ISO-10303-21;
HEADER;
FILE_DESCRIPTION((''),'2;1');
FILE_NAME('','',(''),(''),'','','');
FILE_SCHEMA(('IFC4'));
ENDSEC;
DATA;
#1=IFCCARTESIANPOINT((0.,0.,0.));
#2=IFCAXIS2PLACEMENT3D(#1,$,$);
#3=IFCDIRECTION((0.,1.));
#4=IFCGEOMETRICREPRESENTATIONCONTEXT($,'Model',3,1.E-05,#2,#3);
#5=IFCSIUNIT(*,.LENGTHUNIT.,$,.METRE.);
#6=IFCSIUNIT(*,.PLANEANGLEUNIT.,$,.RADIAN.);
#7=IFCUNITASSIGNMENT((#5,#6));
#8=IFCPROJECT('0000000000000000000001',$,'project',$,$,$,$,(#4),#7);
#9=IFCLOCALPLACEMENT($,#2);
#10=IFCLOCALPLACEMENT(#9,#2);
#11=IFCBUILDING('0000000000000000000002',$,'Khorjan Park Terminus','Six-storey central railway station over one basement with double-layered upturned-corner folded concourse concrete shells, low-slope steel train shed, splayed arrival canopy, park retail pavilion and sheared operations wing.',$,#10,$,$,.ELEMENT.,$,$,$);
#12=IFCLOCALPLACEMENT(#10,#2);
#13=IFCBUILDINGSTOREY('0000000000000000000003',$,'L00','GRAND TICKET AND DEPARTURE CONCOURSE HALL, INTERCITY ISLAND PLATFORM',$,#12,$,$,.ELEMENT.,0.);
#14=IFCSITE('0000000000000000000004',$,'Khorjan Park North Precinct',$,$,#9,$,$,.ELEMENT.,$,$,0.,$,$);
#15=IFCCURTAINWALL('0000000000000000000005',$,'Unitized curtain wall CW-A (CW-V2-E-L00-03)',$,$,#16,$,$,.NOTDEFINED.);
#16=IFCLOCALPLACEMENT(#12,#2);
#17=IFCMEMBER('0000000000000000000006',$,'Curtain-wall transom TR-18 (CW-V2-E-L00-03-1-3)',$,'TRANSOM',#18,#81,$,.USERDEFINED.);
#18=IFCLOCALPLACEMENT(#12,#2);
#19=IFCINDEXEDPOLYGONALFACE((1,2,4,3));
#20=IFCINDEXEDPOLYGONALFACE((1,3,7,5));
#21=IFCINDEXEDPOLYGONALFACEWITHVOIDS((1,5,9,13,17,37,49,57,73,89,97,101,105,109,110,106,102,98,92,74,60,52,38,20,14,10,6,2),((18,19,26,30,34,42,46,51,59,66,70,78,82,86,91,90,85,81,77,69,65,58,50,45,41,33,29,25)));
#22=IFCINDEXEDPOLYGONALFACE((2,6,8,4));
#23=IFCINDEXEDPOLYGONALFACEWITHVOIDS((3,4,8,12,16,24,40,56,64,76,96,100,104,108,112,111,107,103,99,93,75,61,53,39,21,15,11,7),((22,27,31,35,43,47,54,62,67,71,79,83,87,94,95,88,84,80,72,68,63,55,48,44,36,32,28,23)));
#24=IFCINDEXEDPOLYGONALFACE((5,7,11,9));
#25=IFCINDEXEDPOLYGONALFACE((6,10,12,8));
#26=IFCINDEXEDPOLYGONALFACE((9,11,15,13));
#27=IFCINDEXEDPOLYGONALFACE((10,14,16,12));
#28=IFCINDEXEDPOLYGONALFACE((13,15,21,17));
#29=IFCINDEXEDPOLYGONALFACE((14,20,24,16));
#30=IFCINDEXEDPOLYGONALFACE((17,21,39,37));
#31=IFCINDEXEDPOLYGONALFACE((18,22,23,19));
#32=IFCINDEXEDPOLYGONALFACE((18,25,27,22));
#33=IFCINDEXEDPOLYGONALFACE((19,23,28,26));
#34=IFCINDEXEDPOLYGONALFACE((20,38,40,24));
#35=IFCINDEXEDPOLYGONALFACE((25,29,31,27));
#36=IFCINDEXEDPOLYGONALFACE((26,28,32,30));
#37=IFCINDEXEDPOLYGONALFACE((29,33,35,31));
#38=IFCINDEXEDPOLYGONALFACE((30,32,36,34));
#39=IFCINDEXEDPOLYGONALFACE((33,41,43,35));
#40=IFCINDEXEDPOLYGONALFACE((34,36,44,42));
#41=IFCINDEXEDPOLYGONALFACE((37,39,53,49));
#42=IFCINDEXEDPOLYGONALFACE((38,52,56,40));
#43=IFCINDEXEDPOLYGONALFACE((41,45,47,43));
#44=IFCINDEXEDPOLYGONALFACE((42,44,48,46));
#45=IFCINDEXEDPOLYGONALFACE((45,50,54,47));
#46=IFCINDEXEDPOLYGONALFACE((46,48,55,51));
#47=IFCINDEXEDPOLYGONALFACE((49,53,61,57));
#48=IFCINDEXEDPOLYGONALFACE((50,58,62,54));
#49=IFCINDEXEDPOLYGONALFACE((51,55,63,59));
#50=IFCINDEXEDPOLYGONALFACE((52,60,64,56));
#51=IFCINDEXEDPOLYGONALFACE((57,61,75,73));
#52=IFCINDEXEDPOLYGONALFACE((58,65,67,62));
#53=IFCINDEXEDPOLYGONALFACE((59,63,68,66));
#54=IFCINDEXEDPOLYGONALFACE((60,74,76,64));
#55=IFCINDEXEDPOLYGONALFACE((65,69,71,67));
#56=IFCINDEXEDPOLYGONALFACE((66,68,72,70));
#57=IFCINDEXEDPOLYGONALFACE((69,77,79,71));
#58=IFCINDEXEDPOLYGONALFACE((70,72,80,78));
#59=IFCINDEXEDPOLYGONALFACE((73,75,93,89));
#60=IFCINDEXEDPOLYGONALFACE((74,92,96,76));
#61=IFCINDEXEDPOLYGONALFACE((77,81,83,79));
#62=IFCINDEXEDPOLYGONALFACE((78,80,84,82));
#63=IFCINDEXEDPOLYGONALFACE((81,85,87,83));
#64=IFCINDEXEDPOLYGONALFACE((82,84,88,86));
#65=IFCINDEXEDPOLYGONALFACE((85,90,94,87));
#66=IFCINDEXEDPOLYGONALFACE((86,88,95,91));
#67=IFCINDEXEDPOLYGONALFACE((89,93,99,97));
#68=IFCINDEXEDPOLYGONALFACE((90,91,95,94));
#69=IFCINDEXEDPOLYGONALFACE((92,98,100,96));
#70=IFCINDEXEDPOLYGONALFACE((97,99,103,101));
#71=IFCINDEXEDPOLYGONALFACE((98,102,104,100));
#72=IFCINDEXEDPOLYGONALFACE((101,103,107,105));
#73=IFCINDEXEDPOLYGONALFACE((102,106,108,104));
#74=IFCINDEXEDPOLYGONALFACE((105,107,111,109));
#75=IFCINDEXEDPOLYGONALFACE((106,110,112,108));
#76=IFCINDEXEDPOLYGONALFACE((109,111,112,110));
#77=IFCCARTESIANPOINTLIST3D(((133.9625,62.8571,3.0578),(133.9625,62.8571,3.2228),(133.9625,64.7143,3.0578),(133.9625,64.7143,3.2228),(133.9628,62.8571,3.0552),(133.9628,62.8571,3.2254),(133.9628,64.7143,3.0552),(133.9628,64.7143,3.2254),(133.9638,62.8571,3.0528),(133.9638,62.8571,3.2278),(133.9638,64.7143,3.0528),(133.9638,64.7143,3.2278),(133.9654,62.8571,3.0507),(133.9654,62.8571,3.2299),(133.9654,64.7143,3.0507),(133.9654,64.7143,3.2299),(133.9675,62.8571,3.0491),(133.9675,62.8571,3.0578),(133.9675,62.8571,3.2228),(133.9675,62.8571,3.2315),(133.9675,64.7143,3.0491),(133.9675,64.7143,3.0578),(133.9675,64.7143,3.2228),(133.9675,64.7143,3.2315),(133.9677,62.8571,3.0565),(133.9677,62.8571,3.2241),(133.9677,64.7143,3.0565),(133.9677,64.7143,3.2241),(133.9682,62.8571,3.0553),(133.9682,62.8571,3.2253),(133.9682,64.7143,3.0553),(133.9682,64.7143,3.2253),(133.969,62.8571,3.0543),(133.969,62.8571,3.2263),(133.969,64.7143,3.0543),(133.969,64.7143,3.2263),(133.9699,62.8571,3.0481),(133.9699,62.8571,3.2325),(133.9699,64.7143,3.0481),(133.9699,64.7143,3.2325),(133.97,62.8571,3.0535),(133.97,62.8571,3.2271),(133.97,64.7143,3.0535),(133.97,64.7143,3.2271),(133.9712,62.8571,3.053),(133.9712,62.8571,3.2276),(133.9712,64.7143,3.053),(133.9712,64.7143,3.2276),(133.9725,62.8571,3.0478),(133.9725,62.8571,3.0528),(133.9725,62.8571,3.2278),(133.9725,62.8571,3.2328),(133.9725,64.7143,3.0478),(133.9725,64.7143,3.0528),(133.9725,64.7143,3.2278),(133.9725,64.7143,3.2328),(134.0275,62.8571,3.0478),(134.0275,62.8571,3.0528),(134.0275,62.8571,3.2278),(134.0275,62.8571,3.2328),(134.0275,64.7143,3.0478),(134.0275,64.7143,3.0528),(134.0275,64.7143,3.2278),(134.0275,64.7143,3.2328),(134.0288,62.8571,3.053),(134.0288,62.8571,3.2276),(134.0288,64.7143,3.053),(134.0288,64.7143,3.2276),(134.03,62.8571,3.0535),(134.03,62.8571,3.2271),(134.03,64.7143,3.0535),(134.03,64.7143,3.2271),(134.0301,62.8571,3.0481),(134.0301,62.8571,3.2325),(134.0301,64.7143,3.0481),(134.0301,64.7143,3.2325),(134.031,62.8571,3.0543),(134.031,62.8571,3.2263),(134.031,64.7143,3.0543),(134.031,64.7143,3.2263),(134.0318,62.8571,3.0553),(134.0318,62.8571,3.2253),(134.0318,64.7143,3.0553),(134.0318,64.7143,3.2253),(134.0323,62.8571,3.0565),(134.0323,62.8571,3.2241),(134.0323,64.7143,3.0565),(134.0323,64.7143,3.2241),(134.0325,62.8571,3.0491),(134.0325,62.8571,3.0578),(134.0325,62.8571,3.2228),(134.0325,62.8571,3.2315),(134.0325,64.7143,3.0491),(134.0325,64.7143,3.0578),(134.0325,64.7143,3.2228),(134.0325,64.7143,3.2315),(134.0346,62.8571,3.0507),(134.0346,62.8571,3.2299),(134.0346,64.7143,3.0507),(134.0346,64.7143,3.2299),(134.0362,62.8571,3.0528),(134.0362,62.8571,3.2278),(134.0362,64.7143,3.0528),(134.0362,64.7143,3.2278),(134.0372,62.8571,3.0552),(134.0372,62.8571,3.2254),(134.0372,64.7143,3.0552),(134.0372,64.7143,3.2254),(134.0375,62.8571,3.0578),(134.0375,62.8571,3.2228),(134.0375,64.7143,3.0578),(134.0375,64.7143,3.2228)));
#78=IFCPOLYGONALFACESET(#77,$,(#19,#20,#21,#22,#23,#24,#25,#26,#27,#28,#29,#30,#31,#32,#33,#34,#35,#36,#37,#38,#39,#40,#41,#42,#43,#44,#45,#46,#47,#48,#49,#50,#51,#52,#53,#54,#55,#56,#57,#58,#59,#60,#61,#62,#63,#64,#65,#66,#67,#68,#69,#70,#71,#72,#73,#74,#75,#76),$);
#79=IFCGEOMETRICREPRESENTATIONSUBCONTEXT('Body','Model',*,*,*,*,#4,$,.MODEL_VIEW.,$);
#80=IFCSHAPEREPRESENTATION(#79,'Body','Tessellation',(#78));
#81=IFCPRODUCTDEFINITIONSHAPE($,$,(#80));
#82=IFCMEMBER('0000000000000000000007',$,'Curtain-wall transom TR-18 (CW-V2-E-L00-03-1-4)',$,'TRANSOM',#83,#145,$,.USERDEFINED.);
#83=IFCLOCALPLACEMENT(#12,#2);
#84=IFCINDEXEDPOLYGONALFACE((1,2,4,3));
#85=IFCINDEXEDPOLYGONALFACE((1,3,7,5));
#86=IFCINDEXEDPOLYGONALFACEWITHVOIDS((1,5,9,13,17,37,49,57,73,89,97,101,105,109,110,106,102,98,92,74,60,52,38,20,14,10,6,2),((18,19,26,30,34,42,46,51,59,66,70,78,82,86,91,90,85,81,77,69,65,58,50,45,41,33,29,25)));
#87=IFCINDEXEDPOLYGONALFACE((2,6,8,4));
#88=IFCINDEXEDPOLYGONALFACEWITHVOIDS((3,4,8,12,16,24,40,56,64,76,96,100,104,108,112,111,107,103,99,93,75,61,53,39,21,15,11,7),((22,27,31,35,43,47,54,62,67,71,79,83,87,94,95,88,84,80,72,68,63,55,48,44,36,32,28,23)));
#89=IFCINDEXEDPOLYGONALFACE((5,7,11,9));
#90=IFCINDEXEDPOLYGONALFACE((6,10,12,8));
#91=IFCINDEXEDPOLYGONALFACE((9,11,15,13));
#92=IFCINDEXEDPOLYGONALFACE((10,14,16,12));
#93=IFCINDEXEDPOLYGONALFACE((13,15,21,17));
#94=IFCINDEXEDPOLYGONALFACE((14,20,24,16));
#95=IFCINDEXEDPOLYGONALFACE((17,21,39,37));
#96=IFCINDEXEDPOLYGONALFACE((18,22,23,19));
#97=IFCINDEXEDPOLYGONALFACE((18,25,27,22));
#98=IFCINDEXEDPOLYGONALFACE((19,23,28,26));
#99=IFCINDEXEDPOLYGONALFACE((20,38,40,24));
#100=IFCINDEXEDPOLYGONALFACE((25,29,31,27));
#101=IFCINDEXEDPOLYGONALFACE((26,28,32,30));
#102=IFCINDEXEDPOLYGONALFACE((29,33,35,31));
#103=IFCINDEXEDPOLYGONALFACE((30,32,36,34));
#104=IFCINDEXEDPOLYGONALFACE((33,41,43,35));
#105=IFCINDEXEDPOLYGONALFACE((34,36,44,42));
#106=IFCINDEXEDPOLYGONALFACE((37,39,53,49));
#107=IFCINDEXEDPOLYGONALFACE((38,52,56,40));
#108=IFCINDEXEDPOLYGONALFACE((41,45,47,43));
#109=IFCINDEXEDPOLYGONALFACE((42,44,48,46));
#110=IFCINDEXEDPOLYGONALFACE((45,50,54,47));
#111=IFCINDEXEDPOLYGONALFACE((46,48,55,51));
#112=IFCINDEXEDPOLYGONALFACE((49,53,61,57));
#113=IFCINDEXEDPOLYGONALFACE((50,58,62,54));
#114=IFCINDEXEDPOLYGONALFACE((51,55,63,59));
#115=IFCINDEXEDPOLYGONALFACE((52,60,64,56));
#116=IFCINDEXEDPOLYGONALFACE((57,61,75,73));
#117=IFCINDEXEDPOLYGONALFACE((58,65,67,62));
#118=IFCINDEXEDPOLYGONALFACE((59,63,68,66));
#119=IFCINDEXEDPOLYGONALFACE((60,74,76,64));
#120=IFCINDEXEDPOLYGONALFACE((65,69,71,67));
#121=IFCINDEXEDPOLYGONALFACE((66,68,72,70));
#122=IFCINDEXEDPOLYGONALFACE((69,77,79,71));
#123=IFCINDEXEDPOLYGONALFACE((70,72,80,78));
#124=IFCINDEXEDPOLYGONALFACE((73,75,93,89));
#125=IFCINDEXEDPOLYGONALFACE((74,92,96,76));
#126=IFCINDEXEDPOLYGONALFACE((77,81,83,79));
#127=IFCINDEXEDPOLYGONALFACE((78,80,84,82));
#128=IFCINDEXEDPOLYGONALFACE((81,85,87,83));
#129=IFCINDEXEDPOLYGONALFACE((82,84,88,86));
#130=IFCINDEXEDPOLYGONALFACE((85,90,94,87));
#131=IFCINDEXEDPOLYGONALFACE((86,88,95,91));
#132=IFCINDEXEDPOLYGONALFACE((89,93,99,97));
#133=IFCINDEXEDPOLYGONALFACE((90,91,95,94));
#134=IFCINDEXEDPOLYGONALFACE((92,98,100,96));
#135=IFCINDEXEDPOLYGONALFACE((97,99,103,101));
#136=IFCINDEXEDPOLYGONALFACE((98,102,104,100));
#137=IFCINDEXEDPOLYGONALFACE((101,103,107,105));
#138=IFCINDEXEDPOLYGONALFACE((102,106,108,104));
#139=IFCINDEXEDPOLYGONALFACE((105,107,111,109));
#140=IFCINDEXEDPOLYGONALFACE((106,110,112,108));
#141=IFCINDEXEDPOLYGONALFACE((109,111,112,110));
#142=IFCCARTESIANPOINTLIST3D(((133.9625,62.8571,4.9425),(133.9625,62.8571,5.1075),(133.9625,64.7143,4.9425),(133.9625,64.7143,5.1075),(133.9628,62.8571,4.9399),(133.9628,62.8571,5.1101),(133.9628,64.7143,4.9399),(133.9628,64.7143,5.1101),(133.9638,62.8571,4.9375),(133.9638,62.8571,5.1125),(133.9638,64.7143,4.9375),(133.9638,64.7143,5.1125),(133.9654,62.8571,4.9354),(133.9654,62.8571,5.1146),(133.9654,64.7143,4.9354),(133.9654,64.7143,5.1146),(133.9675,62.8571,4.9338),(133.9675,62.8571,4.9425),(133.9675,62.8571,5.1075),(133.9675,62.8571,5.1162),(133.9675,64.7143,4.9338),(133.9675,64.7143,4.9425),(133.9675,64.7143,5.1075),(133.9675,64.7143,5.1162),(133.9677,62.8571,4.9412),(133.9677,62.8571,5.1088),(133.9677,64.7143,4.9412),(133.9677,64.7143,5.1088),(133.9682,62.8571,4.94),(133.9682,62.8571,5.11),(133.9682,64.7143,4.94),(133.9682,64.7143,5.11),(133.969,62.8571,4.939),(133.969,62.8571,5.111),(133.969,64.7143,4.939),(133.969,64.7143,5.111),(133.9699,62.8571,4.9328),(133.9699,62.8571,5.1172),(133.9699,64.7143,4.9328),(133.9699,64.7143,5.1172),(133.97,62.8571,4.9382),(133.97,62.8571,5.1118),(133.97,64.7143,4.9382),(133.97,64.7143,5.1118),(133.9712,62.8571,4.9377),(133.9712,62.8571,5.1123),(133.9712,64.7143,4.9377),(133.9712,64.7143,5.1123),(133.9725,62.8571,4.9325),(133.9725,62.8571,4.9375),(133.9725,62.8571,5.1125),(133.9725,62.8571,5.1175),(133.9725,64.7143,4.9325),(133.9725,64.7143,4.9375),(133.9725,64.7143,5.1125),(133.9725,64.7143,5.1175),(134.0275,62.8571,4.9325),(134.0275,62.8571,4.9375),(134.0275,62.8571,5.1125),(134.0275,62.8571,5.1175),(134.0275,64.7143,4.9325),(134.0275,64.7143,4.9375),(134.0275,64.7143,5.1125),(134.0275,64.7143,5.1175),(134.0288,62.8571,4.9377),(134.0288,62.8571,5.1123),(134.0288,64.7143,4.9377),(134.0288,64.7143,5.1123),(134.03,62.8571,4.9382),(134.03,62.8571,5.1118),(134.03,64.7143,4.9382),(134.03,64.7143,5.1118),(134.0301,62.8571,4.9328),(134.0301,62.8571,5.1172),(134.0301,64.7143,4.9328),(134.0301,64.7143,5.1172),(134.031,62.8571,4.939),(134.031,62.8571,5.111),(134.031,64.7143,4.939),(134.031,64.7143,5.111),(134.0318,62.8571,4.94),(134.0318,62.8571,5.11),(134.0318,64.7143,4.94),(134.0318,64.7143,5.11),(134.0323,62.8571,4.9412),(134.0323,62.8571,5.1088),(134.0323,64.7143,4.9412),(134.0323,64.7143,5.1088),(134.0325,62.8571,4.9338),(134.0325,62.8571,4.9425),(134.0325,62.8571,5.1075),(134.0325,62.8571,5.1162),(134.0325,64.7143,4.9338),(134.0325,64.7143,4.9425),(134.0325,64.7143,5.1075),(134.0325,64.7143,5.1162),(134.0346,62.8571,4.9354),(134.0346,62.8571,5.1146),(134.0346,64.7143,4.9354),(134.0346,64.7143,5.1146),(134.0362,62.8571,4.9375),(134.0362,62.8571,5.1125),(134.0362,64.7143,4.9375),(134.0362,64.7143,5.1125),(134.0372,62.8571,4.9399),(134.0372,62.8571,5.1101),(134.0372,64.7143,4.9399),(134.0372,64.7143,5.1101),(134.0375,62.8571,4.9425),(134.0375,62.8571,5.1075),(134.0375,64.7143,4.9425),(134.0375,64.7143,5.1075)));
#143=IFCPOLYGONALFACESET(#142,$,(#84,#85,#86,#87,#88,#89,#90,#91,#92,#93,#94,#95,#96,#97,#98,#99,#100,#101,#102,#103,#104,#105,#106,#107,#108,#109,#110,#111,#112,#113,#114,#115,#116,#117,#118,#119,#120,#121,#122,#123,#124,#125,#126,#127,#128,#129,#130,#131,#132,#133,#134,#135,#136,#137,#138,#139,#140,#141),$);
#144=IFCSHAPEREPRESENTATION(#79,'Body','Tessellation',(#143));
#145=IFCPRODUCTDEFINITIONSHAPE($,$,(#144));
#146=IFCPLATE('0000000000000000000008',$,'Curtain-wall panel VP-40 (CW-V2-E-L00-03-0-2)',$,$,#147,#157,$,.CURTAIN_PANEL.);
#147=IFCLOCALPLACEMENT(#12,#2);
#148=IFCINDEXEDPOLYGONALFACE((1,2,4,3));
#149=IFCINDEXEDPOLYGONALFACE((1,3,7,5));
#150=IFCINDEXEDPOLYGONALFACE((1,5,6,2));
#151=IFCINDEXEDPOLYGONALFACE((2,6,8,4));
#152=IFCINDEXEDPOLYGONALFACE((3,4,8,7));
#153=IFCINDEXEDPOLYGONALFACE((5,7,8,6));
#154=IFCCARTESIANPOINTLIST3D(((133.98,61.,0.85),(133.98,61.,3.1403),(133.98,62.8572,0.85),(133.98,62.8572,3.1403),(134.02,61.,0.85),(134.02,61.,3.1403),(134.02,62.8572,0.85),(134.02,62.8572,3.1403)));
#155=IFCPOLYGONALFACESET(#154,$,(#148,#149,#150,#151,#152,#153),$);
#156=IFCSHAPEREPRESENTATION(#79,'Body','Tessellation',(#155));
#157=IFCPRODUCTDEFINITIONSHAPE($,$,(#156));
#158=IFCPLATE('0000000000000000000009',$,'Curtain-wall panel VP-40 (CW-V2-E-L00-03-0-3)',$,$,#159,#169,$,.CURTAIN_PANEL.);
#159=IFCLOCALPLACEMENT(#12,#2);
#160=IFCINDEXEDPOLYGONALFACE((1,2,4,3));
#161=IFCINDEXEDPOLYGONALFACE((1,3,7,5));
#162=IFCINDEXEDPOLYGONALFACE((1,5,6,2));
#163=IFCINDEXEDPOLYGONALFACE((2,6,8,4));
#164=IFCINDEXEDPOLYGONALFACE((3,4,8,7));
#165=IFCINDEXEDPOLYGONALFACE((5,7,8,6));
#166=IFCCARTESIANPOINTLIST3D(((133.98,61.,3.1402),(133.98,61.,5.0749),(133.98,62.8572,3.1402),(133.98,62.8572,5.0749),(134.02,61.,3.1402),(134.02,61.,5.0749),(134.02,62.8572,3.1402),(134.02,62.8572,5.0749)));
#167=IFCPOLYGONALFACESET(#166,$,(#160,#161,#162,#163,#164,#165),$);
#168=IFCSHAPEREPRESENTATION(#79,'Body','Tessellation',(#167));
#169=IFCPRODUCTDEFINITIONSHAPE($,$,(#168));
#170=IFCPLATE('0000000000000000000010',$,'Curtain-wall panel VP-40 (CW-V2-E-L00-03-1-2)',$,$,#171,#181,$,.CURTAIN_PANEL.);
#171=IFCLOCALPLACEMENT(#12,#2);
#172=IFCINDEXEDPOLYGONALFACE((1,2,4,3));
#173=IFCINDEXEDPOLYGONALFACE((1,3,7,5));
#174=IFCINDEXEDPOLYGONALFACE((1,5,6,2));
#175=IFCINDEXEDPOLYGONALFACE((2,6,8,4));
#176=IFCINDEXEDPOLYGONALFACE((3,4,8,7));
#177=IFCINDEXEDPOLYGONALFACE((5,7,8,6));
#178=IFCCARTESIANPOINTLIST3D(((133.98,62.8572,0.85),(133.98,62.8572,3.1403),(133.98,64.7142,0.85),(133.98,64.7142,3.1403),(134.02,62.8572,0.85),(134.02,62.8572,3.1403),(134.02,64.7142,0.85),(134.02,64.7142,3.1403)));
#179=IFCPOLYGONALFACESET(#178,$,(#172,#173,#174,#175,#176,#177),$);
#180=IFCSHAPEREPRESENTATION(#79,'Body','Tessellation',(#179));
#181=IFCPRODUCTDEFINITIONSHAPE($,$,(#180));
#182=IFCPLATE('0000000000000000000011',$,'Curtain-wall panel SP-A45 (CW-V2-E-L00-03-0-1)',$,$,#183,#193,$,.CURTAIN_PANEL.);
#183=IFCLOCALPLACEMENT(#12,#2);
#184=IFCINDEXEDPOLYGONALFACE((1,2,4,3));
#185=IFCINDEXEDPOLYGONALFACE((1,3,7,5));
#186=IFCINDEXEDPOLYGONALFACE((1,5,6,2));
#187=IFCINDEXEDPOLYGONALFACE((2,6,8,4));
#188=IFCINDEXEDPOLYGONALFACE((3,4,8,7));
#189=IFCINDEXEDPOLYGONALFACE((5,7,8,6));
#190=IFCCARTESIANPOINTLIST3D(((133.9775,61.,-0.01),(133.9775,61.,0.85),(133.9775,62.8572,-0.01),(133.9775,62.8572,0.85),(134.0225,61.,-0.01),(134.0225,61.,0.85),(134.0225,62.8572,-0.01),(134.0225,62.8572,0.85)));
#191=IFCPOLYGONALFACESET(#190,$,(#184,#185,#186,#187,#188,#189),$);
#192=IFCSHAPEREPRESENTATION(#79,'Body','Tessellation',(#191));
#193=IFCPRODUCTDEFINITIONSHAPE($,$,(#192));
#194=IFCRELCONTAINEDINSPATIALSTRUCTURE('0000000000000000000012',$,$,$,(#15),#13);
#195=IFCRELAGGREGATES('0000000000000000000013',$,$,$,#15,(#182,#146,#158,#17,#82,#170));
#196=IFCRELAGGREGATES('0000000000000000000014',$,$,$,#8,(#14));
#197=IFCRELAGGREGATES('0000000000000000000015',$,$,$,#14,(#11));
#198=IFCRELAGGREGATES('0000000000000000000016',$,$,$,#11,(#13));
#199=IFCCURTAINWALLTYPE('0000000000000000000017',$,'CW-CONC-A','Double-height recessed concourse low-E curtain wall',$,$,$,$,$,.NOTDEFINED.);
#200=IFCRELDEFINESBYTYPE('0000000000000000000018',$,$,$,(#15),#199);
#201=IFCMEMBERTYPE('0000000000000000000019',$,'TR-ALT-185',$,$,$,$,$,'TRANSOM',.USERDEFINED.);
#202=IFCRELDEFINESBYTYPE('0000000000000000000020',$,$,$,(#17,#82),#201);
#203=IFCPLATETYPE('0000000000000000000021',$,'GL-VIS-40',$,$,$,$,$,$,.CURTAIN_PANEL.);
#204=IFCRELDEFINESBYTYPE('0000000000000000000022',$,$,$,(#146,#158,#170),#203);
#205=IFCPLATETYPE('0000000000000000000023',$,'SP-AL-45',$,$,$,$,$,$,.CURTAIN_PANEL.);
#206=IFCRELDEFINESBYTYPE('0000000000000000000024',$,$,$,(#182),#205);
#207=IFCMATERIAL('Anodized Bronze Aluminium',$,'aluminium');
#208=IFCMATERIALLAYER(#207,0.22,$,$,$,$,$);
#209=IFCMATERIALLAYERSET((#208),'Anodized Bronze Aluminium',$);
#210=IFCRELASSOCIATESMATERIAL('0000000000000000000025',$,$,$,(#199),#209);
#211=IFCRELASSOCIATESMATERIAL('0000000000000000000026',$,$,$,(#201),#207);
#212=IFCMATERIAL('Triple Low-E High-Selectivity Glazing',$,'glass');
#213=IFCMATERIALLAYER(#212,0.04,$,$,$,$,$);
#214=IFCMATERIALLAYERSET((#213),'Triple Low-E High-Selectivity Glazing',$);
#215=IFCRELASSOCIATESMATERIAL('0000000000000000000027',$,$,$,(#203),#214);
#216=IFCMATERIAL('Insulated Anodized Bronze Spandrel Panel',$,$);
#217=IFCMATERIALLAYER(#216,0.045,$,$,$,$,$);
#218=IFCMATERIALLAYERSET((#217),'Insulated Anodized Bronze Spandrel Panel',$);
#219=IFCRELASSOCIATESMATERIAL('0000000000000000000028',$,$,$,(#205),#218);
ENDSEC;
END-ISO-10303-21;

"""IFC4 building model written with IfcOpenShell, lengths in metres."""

from ifc_helpers import new_model, si_unit, direction, frame, origin, origin_2d, place, context, subcontext, project, spatial, rectangle, hollow_rectangle, extrude, material, layer, layer_set, material_profile, profile_set, type_object, element, aggregate, save


model = new_model("IFC4")

# Units and contexts
model_context = context("Model", 3, precision=1e-05, world=origin(), true_north=direction((0.0, 1.0)))
body_context = subcontext(model_context, "Body", "Model", "MODEL_VIEW")
ifc_project = project(units=[si_unit("LENGTHUNIT", "METRE"), si_unit("PLANEANGLEUNIT", "RADIAN")], contexts=[model_context])

# Site, building, storey
site_placement = place(None, origin())
site = spatial("IfcSite", under=ifc_project, at=site_placement, Name="Khorjan Park North Precinct", CompositionType="ELEMENT", RefElevation=0.0)
building_placement = place(site_placement, origin())
building = spatial("IfcBuilding", under=site, at=building_placement, Name="Khorjan Park Terminus", Description="Six-storey central railway station over one basement with double-layered upturned-corner folded concourse concrete shells, low-slope steel train shed, splayed arrival canopy, park retail pavilion and sheared operations wing.", CompositionType="ELEMENT")
storey_placement = place(building_placement, origin())
storey = spatial("IfcBuildingStorey", under=building, at=storey_placement, Name="L00", Description="GRAND TICKET AND DEPARTURE CONCOURSE HALL, INTERCITY ISLAND PLATFORM", CompositionType="ELEMENT", Elevation=0.0)

# Curtain wall, members, plates
ifc_material_1 = material(Name="Anodized Bronze Aluminium", Category="aluminium")
ifc_layer_1 = layer(ifc_material_1, 0.22)
ifc_layer_set_1 = layer_set([ifc_layer_1], Name="Anodized Bronze Aluminium")
curtain_wall_type = type_object("IfcCurtainWallType", Name="CW-CONC-A", Description="Double-height recessed concourse low-E curtain wall", PredefinedType="NOTDEFINED", material=ifc_layer_set_1)
curtain_wall_placement = place(storey_placement, origin())
curtain_wall = element("IfcCurtainWall", 1, at=curtain_wall_placement, inside=storey, type_object=curtain_wall_type, Name="Unitized curtain wall CW-A (CW-V2-E-L00-03)", PredefinedType="NOTDEFINED")
ifc_material_profile_1 = material_profile(ifc_material_1, hollow_rectangle(XDim=0.075, YDim=0.185, WallThickness=0.005, InnerFilletRadius=0.005, OuterFilletRadius=0.01, at=origin_2d()), Name="ALT 75x185x5")
ifc_profile_set_1 = profile_set([ifc_material_profile_1], Name="Anodized Bronze Aluminium")
member_type_1 = type_object("IfcMemberType", Name="TR-ALT-185", ElementType="TRANSOM", PredefinedType="USERDEFINED", material=ifc_profile_set_1)
member_1_placement = place(storey_placement, frame((134.0, 62.8571, 3.1403), z_axis=(0.0, 1.0, 0.0), x_axis=(-1.0, 0.0, 0.0)))
member_1 = element("IfcMember", 2, at=member_1_placement, type_object=member_type_1, Name="Curtain-wall transom TR-18 (CW-V2-E-L00-03-1-3)", ObjectType="TRANSOM", PredefinedType="USERDEFINED", context=body_context, shape_type="SweptSolid", body=[
    extrude(hollow_rectangle(XDim=0.075, YDim=0.185, WallThickness=0.005, InnerFilletRadius=0.005, OuterFilletRadius=0.01, at=origin_2d()), origin(), (0.0, 0.0, 1.0), 1.8572),
])
member_2_placement = place(storey_placement, frame((134.0, 62.8571, 5.025), z_axis=(0.0, 1.0, 0.0), x_axis=(-1.0, 0.0, 0.0)))
member_2 = element("IfcMember", 3, at=member_2_placement, type_object=member_type_1, Name="Curtain-wall transom TR-18 (CW-V2-E-L00-03-1-4)", ObjectType="TRANSOM", PredefinedType="USERDEFINED", context=body_context, shape_type="SweptSolid", body=[
    extrude(hollow_rectangle(XDim=0.075, YDim=0.185, WallThickness=0.005, InnerFilletRadius=0.005, OuterFilletRadius=0.01, at=origin_2d()), origin(), (0.0, 0.0, 1.0), 1.8572),
])
ifc_material_2 = material(Name="Triple Low-E High-Selectivity Glazing", Category="glass")
ifc_layer_2 = layer(ifc_material_2, 0.04)
ifc_layer_set_2 = layer_set([ifc_layer_2], Name="Triple Low-E High-Selectivity Glazing")
plate_type_1 = type_object("IfcPlateType", Name="GL-VIS-40", PredefinedType="CURTAIN_PANEL", material=ifc_layer_set_2)
plate_1_placement = place(storey_placement, frame((134.0, 61.9286, 0.85), z_axis=(0.0, 0.0, 1.0), x_axis=(0.0, 1.0, 0.0)))
plate_1 = element("IfcPlate", 4, at=plate_1_placement, type_object=plate_type_1, Name="Curtain-wall panel VP-40 (CW-V2-E-L00-03-0-2)", PredefinedType="CURTAIN_PANEL", context=body_context, shape_type="SweptSolid", body=[
    extrude(rectangle(XDim=1.8571, YDim=0.04, at=origin_2d()), origin(), (0.0, 0.0, 1.0), 2.2903),
])
plate_2_placement = place(storey_placement, frame((134.0, 61.9286, 3.1402), z_axis=(0.0, 0.0, 1.0), x_axis=(0.0, 1.0, 0.0)))
plate_2 = element("IfcPlate", 5, at=plate_2_placement, type_object=plate_type_1, Name="Curtain-wall panel VP-40 (CW-V2-E-L00-03-0-3)", PredefinedType="CURTAIN_PANEL", context=body_context, shape_type="SweptSolid", body=[
    extrude(rectangle(XDim=1.8571, YDim=0.04, at=origin_2d()), origin(), (0.0, 0.0, 1.0), 1.9347),
])
plate_3_placement = place(storey_placement, frame((134.0, 63.7857, 0.85), z_axis=(0.0, 0.0, 1.0), x_axis=(0.0, 1.0, 0.0)))
plate_3 = element("IfcPlate", 6, at=plate_3_placement, type_object=plate_type_1, Name="Curtain-wall panel VP-40 (CW-V2-E-L00-03-1-2)", PredefinedType="CURTAIN_PANEL", context=body_context, shape_type="SweptSolid", body=[
    extrude(rectangle(XDim=1.8571, YDim=0.04, at=origin_2d()), origin(), (0.0, 0.0, 1.0), 2.2903),
])
ifc_material_3 = material(Name="Insulated Anodized Bronze Spandrel Panel")
ifc_layer_3 = layer(ifc_material_3, 0.045)
ifc_layer_set_3 = layer_set([ifc_layer_3], Name="Insulated Anodized Bronze Spandrel Panel")
plate_type_2 = type_object("IfcPlateType", Name="SP-AL-45", PredefinedType="CURTAIN_PANEL", material=ifc_layer_set_3)
plate_4_placement = place(storey_placement, frame((134.0, 61.9286, -0.01), z_axis=(0.0, 0.0, 1.0), x_axis=(0.0, 1.0, 0.0)))
plate_4 = element("IfcPlate", 7, at=plate_4_placement, type_object=plate_type_2, Name="Curtain-wall panel SP-A45 (CW-V2-E-L00-03-0-1)", PredefinedType="CURTAIN_PANEL", context=body_context, shape_type="SweptSolid", body=[
    extrude(rectangle(XDim=1.8571, YDim=0.045, at=origin_2d()), origin(), (0.0, 0.0, 1.0), 0.86),
])
aggregate(curtain_wall, [plate_4, plate_1, plate_2, member_1, member_2, plate_3])

save(model, "model.ifc")
